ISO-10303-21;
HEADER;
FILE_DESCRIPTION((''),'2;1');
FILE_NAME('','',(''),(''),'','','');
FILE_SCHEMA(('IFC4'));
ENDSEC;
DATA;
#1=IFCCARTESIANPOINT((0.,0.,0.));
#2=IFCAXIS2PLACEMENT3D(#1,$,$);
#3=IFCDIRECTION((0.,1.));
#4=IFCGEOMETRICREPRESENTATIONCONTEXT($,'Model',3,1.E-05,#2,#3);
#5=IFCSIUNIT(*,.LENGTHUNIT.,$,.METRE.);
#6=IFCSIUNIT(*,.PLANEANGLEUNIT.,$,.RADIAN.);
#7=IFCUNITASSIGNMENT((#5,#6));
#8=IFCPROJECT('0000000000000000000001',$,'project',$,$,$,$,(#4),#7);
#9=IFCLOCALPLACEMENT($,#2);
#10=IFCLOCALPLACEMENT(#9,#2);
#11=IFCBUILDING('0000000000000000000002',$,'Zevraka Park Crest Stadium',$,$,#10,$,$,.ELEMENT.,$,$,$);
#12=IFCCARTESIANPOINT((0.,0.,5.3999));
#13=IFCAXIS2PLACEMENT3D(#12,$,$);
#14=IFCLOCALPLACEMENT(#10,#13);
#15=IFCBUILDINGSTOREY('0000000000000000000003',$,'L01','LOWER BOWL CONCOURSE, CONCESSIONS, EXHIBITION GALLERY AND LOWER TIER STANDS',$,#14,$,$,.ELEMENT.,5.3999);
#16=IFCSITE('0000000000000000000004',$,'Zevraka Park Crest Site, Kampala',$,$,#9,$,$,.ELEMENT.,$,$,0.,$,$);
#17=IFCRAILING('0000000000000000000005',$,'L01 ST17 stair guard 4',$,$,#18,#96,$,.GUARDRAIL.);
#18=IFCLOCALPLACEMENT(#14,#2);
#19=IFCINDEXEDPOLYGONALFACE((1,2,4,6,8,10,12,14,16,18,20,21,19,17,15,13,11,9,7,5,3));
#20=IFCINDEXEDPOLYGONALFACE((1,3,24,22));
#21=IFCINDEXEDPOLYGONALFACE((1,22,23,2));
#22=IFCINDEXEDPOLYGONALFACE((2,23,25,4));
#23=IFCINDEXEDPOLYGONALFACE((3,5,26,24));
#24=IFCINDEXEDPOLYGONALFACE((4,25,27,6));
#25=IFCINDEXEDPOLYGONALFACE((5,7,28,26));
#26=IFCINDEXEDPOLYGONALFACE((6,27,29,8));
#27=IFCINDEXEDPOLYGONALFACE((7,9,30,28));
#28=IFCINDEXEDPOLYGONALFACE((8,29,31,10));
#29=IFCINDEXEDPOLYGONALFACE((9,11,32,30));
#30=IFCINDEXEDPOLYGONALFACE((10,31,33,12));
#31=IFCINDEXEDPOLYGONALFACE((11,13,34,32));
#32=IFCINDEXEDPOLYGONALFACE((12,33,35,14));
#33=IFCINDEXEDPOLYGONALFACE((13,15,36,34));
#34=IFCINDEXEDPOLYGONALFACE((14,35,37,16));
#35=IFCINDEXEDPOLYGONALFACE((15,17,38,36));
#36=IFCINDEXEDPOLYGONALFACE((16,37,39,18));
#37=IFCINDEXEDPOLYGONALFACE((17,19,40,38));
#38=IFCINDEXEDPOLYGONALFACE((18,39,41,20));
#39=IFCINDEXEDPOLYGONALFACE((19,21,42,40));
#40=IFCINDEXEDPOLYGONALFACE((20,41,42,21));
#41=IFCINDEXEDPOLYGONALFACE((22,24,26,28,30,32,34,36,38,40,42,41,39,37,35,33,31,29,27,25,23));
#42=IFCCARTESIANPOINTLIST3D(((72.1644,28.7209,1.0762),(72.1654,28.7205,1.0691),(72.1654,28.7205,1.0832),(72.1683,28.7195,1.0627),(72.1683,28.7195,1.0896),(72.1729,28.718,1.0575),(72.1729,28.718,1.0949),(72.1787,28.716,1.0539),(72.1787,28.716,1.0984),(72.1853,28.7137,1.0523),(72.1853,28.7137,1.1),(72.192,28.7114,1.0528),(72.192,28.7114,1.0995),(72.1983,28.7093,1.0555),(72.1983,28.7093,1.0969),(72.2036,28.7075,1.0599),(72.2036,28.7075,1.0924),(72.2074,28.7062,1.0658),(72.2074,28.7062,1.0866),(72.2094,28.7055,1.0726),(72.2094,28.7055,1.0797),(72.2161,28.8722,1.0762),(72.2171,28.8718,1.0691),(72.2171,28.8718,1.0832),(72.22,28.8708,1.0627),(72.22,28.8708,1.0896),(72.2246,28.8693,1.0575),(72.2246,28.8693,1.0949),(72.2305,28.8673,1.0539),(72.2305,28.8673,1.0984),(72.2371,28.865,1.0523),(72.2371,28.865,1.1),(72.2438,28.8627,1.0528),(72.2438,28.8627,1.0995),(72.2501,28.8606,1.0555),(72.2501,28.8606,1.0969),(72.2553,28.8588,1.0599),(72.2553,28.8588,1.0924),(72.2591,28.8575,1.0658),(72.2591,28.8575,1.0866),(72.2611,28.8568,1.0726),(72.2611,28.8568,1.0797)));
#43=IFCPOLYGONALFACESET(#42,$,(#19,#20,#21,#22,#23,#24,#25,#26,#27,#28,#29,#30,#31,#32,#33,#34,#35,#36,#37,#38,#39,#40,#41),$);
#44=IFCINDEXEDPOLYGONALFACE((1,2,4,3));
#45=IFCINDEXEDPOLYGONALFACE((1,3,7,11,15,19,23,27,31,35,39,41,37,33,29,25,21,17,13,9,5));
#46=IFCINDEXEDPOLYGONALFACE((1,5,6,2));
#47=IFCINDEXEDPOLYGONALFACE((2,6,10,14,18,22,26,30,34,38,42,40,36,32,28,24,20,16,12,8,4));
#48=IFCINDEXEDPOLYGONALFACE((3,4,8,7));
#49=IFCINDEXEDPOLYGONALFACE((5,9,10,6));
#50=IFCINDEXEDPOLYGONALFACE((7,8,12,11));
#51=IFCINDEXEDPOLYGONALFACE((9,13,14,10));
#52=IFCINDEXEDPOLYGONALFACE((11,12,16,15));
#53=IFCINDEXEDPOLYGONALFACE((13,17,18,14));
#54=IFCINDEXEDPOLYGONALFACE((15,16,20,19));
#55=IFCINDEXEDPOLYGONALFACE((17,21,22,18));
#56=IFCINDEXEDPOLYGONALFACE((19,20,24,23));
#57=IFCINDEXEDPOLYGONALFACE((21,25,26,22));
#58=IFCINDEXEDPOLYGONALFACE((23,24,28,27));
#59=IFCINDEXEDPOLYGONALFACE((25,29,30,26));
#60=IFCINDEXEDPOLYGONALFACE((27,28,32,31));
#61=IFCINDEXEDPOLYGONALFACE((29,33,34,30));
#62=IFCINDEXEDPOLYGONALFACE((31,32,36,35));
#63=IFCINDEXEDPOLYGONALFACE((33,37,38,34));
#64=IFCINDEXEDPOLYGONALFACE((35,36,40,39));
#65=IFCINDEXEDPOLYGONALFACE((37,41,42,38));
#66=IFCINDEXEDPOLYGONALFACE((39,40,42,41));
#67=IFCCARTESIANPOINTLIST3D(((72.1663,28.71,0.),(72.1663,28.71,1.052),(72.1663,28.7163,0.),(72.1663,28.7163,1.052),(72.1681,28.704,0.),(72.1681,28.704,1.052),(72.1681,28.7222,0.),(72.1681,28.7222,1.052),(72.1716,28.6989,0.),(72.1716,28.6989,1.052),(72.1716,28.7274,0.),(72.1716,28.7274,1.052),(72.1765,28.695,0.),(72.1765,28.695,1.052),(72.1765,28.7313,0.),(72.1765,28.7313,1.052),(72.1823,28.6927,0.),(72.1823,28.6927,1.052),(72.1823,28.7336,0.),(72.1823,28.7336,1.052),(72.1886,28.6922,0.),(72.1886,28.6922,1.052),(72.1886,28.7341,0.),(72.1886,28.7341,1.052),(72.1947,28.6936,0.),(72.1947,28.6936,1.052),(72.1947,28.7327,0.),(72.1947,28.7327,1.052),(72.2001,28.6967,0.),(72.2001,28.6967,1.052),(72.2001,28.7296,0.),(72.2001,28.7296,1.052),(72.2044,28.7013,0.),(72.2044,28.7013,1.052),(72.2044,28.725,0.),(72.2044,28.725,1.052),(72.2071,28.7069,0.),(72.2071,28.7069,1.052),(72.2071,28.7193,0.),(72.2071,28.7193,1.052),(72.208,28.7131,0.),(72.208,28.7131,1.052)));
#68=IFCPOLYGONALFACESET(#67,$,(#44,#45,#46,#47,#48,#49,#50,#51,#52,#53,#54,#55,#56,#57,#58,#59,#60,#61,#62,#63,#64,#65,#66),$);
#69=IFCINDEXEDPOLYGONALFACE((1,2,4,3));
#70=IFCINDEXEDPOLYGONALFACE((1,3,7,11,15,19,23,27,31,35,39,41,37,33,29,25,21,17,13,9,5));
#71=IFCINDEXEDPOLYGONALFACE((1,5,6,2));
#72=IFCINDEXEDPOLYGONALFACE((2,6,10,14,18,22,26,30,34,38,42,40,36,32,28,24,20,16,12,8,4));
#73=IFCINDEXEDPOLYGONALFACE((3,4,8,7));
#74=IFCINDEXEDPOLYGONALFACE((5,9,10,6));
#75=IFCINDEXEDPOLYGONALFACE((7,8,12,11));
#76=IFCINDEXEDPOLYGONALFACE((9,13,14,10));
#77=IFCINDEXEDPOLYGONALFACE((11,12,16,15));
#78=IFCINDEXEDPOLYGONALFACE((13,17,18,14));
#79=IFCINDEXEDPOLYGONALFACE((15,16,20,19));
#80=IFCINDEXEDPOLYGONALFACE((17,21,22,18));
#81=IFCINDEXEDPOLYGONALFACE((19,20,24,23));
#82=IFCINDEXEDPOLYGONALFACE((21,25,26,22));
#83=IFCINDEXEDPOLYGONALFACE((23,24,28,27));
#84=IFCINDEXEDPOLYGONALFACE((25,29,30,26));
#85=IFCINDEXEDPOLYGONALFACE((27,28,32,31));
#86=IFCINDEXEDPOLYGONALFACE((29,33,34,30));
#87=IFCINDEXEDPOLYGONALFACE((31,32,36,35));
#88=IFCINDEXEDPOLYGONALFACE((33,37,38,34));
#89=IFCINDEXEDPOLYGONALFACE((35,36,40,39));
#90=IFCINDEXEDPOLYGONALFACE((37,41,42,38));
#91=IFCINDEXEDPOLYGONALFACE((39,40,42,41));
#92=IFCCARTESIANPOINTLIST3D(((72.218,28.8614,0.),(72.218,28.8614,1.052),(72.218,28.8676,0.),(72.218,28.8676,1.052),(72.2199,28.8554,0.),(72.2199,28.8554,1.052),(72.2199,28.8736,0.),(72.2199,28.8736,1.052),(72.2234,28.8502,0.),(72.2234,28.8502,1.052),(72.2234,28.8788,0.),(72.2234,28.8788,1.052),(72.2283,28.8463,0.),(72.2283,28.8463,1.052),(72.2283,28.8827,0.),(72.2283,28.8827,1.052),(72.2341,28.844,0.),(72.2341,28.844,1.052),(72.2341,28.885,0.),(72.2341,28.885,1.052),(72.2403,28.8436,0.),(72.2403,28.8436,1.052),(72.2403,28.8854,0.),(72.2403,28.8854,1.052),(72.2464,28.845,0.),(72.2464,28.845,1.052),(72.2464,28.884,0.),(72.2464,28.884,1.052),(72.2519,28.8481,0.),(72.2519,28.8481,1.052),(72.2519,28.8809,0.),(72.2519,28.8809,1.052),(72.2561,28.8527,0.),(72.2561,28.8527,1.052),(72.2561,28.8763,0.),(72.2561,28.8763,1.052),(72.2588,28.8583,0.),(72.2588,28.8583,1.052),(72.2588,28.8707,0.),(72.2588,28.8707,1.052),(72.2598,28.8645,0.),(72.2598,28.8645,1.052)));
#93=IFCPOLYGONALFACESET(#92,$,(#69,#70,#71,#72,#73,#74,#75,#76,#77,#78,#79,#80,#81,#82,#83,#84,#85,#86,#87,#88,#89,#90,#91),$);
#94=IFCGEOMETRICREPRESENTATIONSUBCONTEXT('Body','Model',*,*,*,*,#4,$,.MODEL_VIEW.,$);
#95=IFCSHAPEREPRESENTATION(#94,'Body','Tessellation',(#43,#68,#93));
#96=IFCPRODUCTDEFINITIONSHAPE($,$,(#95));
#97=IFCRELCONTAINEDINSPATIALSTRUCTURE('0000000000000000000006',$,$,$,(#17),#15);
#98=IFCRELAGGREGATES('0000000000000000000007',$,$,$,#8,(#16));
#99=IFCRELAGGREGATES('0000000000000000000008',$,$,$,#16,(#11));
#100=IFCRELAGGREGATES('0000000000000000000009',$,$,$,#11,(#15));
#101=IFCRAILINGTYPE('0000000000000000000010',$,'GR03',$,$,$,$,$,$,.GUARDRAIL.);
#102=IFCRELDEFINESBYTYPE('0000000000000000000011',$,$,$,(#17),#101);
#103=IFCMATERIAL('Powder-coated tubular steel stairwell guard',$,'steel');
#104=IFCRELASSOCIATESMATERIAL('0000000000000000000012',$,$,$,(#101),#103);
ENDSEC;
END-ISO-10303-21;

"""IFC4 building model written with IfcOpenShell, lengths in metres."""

from ifc_helpers import new_model, si_unit, direction, frame, origin, origin_2d, place, context, subcontext, project, spatial, circle, extrude, material, type_object, element, save


model = new_model("IFC4")

# Units and contexts
model_context = context("Model", 3, precision=1e-05, world=origin(), true_north=direction((0.0, 1.0)))
body_context = subcontext(model_context, "Body", "Model", "MODEL_VIEW")
ifc_project = project(units=[si_unit("LENGTHUNIT", "METRE"), si_unit("PLANEANGLEUNIT", "RADIAN")], contexts=[model_context])

# Site, building, storey
site_placement = place(None, origin())
site = spatial("IfcSite", under=ifc_project, at=site_placement, Name="Zevraka Park Crest Site, Kampala", CompositionType="ELEMENT", RefElevation=0.0)
building_placement = place(site_placement, origin())
building = spatial("IfcBuilding", under=site, at=building_placement, Name="Zevraka Park Crest Stadium", CompositionType="ELEMENT")
storey_placement = place(building_placement, frame((0.0, 0.0, 5.3999)))
storey = spatial("IfcBuildingStorey", under=building, at=storey_placement, Name="L01", Description="LOWER BOWL CONCOURSE, CONCESSIONS, EXHIBITION GALLERY AND LOWER TIER STANDS", CompositionType="ELEMENT", Elevation=5.3999)

# Railing
ifc_material_1 = material(Name="Powder-coated tubular steel stairwell guard", Category="steel")
railing_type_1 = type_object("IfcRailingType", Name="GR03", PredefinedType="GUARDRAIL", material=ifc_material_1)
railing_1_placement = place(storey_placement, frame((72.187, 28.7131, 0.0)))
element("IfcRailing", 1, at=railing_1_placement, inside=storey, type_object=railing_type_1, Name="L01 ST17 stair guard 4", PredefinedType="GUARDRAIL", context=body_context, shape_type="SweptSolid", body=[
    extrude(circle(Radius=0.0239, at=origin_2d()), frame((0.0, 0.0, 1.0762), z_axis=(0.323544, 0.946213, 0.0), x_axis=(-0.946213, 0.323544, 0.0)), (0.0, 0.0, 1.0), 0.1599),
    extrude(circle(Radius=0.021, at=origin_2d()), origin(), (0.0, 0.0, 1.0), 1.052),
    extrude(circle(Radius=0.021, at=origin_2d()), frame((0.0518, 0.1514, 0.0)), (0.0, 0.0, 1.0), 1.052),
])

save(model, "model.ifc")
